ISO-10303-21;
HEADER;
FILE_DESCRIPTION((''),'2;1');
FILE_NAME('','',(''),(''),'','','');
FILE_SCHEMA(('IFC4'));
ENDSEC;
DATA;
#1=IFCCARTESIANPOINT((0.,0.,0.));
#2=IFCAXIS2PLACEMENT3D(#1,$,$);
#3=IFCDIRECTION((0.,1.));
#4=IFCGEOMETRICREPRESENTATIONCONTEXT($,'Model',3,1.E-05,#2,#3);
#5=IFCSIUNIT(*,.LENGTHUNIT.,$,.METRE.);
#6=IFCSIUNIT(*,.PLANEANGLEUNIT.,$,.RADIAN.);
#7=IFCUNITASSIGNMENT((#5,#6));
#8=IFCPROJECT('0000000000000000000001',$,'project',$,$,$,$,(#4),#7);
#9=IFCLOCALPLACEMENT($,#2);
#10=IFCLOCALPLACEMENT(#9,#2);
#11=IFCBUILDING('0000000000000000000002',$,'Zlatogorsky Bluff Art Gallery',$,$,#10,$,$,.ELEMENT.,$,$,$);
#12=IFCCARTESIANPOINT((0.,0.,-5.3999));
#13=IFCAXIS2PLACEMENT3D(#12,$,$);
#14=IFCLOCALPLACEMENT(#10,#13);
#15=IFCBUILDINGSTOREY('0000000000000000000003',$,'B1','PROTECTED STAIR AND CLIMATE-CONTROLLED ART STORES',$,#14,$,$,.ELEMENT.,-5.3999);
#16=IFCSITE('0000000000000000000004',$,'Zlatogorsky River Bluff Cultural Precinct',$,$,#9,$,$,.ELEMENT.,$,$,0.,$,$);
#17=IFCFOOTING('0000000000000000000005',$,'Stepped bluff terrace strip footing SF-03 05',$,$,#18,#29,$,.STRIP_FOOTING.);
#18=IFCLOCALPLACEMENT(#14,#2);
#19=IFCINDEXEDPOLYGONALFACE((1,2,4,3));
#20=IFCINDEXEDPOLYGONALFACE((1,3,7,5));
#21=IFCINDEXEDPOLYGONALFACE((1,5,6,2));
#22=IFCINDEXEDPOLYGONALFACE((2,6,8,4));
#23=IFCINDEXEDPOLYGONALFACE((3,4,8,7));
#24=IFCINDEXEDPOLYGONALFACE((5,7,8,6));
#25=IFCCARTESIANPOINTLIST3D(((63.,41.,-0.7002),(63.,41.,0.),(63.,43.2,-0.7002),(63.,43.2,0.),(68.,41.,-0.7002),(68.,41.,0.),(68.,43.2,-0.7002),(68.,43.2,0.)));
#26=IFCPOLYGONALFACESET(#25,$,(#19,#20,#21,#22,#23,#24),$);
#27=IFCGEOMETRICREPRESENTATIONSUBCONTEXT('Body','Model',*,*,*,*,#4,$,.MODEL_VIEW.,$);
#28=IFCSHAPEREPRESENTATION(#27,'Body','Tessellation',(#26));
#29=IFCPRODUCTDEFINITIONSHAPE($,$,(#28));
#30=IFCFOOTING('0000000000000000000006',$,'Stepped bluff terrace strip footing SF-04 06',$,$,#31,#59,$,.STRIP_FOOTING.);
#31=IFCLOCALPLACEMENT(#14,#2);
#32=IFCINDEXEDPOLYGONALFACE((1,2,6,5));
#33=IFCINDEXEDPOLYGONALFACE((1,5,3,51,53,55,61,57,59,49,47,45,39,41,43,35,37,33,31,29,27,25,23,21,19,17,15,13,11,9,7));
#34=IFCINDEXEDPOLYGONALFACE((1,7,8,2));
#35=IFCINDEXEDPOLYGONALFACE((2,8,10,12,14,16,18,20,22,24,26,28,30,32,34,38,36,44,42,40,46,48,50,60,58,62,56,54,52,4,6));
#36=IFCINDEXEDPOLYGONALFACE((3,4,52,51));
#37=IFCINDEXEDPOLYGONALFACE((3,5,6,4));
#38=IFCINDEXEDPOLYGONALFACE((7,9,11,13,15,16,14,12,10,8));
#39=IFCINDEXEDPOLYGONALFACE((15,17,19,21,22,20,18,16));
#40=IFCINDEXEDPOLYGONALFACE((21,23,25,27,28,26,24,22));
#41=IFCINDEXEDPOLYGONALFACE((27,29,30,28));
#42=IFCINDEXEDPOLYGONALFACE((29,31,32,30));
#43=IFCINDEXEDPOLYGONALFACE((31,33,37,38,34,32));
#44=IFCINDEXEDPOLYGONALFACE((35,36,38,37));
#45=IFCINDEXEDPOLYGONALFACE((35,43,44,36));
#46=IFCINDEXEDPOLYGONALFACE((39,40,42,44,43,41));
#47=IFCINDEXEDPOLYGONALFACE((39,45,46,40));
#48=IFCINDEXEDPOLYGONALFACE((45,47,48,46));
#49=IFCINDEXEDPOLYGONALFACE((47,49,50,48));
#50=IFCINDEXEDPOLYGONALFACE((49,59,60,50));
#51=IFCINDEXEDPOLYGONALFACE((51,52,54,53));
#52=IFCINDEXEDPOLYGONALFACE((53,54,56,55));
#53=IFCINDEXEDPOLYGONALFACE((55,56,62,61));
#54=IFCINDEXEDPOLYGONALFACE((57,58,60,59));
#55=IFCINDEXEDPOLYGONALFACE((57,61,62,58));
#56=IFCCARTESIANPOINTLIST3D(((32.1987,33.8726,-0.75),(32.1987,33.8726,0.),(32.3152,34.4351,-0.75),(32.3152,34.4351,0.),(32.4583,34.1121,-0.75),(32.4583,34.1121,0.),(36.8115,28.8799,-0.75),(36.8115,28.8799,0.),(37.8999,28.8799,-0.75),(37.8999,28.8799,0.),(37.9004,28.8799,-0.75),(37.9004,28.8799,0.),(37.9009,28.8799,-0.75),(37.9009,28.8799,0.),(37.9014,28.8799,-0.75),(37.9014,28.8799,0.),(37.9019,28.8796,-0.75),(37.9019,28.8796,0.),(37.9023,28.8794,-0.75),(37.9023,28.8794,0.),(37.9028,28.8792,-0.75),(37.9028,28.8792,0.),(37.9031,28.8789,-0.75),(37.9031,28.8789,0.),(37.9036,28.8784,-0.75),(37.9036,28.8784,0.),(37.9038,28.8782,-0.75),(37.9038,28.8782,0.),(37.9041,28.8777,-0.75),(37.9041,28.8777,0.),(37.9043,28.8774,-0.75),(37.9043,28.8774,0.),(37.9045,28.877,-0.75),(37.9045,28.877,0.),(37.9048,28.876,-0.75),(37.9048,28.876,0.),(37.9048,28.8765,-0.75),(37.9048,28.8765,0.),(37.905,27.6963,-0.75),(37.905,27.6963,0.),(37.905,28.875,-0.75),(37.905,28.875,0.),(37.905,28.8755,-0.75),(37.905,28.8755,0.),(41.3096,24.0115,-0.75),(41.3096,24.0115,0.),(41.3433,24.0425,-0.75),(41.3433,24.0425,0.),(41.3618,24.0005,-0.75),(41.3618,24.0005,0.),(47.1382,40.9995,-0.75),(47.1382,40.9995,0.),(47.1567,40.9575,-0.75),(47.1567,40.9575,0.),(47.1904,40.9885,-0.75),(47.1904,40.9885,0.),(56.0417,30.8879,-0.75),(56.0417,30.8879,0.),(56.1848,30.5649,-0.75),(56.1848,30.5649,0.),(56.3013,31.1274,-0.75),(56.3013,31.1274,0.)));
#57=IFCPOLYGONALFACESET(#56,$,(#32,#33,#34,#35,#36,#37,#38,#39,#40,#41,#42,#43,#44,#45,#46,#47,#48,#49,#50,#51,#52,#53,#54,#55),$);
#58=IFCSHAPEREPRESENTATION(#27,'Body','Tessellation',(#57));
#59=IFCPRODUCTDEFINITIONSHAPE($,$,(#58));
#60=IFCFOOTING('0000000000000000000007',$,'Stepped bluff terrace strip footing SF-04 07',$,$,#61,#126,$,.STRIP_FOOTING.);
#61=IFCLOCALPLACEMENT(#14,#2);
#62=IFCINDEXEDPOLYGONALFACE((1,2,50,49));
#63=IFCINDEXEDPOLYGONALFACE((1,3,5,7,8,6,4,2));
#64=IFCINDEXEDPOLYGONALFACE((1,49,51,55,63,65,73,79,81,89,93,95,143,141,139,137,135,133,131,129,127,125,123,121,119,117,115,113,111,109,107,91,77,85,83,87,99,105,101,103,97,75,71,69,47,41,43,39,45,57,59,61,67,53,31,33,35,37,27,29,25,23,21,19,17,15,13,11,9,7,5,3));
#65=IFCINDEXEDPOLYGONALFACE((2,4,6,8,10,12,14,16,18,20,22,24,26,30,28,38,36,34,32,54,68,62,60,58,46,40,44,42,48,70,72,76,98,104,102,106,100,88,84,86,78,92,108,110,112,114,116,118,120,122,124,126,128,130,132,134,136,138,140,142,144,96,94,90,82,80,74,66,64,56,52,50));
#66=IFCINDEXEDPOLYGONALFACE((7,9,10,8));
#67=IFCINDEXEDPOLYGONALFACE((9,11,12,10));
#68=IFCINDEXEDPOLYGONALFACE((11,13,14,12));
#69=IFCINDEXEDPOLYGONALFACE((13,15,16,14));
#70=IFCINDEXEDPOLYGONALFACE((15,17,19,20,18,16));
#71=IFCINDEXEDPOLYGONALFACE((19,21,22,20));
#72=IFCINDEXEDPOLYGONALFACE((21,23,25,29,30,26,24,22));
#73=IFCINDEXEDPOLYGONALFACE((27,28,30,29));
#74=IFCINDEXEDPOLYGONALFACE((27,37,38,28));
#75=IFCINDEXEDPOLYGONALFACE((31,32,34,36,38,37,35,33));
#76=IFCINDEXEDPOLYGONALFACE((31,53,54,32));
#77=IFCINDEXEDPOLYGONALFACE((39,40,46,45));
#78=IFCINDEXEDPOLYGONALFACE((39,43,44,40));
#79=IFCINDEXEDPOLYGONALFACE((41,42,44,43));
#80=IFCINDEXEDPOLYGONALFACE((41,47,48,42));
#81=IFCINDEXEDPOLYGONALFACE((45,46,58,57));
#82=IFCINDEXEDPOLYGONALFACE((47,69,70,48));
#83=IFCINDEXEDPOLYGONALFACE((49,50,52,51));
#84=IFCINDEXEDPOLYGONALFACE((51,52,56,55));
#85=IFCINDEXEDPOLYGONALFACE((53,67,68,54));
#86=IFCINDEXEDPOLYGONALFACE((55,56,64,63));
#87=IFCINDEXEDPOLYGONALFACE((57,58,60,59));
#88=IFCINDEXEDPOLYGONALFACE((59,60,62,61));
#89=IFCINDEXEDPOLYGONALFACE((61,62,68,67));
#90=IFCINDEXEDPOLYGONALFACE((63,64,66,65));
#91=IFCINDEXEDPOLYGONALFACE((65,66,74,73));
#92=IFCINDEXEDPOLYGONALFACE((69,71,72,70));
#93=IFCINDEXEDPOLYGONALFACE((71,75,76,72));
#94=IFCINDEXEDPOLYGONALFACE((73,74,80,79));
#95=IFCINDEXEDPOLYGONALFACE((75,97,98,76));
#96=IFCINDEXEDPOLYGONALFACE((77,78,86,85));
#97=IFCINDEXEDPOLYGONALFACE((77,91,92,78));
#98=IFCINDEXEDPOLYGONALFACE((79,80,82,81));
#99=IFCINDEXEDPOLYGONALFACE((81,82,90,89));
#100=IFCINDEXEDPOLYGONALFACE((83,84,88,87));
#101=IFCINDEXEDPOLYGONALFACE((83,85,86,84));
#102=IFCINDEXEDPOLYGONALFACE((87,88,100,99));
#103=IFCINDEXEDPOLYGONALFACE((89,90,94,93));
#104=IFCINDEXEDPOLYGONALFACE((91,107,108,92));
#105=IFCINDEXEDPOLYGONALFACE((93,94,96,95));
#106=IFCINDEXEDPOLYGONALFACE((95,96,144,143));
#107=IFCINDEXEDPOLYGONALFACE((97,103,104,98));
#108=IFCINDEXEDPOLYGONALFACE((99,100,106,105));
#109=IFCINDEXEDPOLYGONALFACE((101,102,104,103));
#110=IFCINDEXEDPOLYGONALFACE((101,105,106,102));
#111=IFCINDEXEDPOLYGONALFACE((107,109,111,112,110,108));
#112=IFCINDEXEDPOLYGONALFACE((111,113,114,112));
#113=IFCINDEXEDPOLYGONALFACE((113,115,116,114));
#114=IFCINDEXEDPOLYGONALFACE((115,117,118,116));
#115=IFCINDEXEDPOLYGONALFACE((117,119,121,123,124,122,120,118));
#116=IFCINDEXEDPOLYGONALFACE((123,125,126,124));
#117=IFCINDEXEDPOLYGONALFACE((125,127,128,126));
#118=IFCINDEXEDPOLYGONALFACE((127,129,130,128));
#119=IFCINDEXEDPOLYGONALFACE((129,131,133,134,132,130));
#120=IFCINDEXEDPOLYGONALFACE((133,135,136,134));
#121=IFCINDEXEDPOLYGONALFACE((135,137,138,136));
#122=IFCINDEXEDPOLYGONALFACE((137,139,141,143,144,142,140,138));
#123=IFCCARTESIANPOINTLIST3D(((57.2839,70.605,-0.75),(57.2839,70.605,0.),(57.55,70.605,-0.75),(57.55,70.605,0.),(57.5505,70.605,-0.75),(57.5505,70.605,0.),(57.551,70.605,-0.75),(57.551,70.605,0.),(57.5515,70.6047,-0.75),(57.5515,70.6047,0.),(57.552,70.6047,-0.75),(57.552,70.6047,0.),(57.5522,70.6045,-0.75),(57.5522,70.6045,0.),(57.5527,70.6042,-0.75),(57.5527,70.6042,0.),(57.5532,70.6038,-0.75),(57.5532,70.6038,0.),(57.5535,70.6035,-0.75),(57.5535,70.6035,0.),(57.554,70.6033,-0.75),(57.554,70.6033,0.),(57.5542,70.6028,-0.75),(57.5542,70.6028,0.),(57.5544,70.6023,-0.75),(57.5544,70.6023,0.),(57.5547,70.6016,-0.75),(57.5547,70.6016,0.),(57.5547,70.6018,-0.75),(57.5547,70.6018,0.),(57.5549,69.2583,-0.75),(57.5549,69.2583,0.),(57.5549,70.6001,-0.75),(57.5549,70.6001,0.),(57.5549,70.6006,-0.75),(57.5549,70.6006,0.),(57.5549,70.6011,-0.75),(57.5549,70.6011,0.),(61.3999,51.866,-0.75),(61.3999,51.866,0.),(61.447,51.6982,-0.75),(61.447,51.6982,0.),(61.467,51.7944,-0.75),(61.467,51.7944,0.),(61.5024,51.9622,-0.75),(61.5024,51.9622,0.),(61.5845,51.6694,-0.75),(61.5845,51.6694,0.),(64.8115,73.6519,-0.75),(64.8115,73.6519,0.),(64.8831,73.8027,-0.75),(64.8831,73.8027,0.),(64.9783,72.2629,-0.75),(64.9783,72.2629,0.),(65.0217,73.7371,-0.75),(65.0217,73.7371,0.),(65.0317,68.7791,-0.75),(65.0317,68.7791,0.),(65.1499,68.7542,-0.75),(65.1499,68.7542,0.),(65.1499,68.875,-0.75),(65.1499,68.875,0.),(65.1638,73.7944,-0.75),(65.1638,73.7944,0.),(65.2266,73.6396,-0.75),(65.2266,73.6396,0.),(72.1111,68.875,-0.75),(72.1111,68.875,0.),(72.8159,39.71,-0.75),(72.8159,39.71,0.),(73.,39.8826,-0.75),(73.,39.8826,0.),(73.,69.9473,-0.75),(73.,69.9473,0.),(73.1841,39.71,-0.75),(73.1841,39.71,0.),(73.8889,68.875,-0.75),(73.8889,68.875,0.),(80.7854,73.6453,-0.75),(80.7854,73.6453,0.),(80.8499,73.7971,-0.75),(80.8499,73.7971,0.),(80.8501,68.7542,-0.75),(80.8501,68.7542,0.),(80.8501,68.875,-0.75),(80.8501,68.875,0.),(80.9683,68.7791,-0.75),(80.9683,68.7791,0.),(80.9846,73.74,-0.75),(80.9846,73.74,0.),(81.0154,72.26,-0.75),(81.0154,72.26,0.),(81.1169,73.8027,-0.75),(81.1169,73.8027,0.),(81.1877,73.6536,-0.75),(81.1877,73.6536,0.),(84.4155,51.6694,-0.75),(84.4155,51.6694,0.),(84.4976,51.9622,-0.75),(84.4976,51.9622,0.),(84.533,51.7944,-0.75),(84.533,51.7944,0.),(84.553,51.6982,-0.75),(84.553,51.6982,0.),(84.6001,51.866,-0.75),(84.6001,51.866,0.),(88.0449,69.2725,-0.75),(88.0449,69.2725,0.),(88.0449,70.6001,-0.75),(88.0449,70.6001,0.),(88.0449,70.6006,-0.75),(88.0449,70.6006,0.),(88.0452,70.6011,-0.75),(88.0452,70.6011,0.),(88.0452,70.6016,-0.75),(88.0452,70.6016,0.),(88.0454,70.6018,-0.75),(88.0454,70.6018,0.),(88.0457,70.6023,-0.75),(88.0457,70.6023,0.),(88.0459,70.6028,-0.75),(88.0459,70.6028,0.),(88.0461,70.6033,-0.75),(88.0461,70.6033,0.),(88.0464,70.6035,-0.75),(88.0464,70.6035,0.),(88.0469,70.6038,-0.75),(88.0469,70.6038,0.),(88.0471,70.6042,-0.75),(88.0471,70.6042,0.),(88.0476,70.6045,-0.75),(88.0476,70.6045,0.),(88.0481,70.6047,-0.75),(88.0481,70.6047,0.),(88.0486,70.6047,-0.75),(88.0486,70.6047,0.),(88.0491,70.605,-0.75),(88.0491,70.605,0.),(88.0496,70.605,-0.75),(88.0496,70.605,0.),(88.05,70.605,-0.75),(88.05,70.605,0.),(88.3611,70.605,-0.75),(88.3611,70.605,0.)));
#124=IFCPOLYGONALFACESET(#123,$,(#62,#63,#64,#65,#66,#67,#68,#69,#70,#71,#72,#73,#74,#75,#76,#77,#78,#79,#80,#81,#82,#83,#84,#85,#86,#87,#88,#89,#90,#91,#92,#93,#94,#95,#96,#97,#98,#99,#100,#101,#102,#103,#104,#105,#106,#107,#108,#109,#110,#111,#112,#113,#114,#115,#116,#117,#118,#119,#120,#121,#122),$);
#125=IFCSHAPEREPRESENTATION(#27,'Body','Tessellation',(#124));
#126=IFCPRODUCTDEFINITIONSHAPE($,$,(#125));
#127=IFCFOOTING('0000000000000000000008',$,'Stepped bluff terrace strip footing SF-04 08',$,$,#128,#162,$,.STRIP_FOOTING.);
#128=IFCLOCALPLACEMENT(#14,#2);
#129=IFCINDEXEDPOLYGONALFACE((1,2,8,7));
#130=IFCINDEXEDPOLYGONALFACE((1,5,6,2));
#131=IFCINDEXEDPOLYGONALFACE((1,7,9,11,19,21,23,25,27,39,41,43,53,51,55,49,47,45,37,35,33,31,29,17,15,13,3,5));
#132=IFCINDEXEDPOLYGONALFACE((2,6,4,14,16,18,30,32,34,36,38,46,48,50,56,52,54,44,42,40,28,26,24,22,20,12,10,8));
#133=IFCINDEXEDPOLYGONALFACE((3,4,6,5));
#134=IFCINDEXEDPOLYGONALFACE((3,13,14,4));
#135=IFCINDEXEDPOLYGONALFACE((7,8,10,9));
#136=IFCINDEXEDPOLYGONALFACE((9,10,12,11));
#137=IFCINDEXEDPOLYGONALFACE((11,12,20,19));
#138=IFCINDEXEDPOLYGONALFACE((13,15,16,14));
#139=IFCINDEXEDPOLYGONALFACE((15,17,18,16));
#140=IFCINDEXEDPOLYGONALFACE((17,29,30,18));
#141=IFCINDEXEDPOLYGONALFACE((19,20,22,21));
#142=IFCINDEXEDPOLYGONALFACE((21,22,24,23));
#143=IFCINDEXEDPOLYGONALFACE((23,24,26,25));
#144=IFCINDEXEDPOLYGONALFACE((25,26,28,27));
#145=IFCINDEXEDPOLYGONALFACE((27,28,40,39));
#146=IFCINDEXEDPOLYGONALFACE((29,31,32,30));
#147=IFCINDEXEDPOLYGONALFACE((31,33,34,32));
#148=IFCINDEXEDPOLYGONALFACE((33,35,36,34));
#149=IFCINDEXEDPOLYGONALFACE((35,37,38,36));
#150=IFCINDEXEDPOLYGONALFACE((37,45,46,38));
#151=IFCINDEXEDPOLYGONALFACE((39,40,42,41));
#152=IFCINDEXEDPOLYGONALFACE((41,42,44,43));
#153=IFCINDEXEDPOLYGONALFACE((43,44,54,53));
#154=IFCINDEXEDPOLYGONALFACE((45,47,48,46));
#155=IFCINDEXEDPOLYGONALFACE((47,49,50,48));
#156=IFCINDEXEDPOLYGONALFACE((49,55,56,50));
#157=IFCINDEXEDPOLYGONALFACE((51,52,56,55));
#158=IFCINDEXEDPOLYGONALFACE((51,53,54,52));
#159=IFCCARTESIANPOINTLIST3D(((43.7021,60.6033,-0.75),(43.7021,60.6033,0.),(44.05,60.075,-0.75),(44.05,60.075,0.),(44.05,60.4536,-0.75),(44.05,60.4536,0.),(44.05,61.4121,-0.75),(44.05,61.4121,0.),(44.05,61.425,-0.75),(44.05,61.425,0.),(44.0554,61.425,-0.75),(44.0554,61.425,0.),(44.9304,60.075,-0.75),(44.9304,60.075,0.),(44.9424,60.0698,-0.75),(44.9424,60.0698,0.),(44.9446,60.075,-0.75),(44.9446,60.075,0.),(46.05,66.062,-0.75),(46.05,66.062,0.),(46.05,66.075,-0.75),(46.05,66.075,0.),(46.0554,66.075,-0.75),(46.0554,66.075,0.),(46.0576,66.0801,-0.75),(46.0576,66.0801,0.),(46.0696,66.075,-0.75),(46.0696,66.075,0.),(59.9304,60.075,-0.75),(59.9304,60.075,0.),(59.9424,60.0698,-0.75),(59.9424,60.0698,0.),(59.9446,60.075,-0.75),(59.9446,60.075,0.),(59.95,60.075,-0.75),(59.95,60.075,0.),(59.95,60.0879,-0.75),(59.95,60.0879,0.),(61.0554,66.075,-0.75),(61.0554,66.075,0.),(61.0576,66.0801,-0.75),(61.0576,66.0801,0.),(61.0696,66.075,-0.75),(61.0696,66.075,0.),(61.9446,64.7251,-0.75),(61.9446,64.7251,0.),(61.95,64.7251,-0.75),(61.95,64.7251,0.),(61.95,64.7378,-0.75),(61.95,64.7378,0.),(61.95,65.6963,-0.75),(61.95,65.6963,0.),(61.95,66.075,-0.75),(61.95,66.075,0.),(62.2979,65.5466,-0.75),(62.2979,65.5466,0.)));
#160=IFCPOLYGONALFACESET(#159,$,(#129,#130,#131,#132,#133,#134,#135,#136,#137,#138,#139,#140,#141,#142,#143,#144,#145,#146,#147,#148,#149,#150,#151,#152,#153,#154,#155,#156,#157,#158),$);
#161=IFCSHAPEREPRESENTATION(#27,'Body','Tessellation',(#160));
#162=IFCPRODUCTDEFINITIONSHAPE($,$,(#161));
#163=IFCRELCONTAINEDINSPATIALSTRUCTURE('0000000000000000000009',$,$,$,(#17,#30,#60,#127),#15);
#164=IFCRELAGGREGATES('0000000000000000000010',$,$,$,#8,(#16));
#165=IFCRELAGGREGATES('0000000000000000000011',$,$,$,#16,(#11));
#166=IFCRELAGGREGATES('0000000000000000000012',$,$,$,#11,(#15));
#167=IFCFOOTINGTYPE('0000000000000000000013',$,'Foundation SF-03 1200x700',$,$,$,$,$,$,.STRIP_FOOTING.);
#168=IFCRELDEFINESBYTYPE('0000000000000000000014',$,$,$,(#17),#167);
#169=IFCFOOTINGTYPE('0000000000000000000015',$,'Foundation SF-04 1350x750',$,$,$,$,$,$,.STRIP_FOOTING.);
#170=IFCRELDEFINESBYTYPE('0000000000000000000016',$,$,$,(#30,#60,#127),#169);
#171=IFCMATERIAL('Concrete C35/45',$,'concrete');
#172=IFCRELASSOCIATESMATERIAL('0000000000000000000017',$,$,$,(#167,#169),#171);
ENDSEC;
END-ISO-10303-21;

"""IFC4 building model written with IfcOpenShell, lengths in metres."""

from ifc_helpers import new_model, si_unit, direction, frame, origin, place, context, subcontext, project, spatial, polyline, outline, extrude, material, type_object, element, save


model = new_model("IFC4")

# Units and contexts
model_context = context("Model", 3, precision=1e-05, world=origin(), true_north=direction((0.0, 1.0)))
body_context = subcontext(model_context, "Body", "Model", "MODEL_VIEW")
ifc_project = project(units=[si_unit("LENGTHUNIT", "METRE"), si_unit("PLANEANGLEUNIT", "RADIAN")], contexts=[model_context])

# Site, building, storey
site_placement = place(None, origin())
site = spatial("IfcSite", under=ifc_project, at=site_placement, Name="Zlatogorsky River Bluff Cultural Precinct", CompositionType="ELEMENT", RefElevation=0.0)
building_placement = place(site_placement, origin())
building = spatial("IfcBuilding", under=site, at=building_placement, Name="Zlatogorsky Bluff Art Gallery", CompositionType="ELEMENT")
storey_placement = place(building_placement, frame((0.0, 0.0, -5.3999)))
storey = spatial("IfcBuildingStorey", under=building, at=storey_placement, Name="B1", Description="PROTECTED STAIR AND CLIMATE-CONTROLLED ART STORES", CompositionType="ELEMENT", Elevation=-5.3999)

# Footings
ifc_material = material(Name="Concrete C35/45", Category="concrete")
footing_type_1 = type_object("IfcFootingType", Name="Foundation SF-03 1200x700", PredefinedType="STRIP_FOOTING", material=ifc_material)
footing_1_placement = place(storey_placement, frame((0.0, 0.0, -0.7002)))
element("IfcFooting", 1, at=footing_1_placement, inside=storey, type_object=footing_type_1, Name="Stepped bluff terrace strip footing SF-03 05", PredefinedType="STRIP_FOOTING", context=body_context, shape_type="SweptSolid", body=[
    extrude(outline(polyline([(63.0, 41.0), (63.0, 43.2), (68.0, 43.2), (68.0, 41.0), (63.0, 41.0)])), origin(), (0.0, 0.0, 1.0), 0.7002),
])
footing_type_2 = type_object("IfcFootingType", Name="Foundation SF-04 1350x750", PredefinedType="STRIP_FOOTING", material=ifc_material)
footing_2_placement = place(storey_placement, frame((0.0, 0.0, -0.75)))
element("IfcFooting", 2, at=footing_2_placement, inside=storey, type_object=footing_type_2, Name="Stepped bluff terrace strip footing SF-04 06", PredefinedType="STRIP_FOOTING", context=body_context, shape_type="SweptSolid", body=[
    extrude(outline(polyline([(56.1848, 30.5649), (41.3618, 24.0005), (41.3433, 24.0425), (41.3096, 24.0115), (37.905, 27.6963), (37.905, 28.875), (37.905, 28.8755), (37.9048, 28.876), (37.9048, 28.8765), (37.9045, 28.877), (37.9043, 28.8774), (37.9041, 28.8777), (37.9038, 28.8782), (37.9036, 28.8784), (37.9031, 28.8789), (37.9028, 28.8792), (37.9023, 28.8794), (37.9019, 28.8796), (37.9014, 28.8799), (37.9009, 28.8799), (37.9004, 28.8799), (37.8999, 28.8799), (36.8115, 28.8799), (32.1987, 33.8726), (32.4583, 34.1121), (32.3152, 34.4351), (47.1382, 40.9995), (47.1567, 40.9575), (47.1904, 40.9885), (56.3013, 31.1274), (56.0417, 30.8879), (56.1848, 30.5649)])), origin(), (0.0, 0.0, 1.0), 0.75),
])
footing_3_placement = place(storey_placement, frame((0.0, 0.0, -0.75)))
element("IfcFooting", 3, at=footing_3_placement, inside=storey, type_object=footing_type_2, Name="Stepped bluff terrace strip footing SF-04 07", PredefinedType="STRIP_FOOTING", context=body_context, shape_type="SweptSolid", body=[
    extrude(outline(polyline([(61.467, 51.7944), (61.3999, 51.866), (61.5024, 51.9622), (65.0317, 68.7791), (65.1499, 68.7542), (65.1499, 68.875), (72.1111, 68.875), (64.9783, 72.2629), (57.5549, 69.2583), (57.5549, 70.6001), (57.5549, 70.6006), (57.5549, 70.6011), (57.5547, 70.6016), (57.5547, 70.6018), (57.5544, 70.6023), (57.5542, 70.6028), (57.554, 70.6033), (57.5535, 70.6035), (57.5532, 70.6038), (57.5527, 70.6042), (57.5522, 70.6045), (57.552, 70.6047), (57.5515, 70.6047), (57.551, 70.605), (57.5505, 70.605), (57.55, 70.605), (57.2839, 70.605), (64.8115, 73.6519), (64.8831, 73.8027), (65.0217, 73.7371), (65.1638, 73.7944), (65.2266, 73.6396), (73.0, 69.9473), (80.7854, 73.6453), (80.8499, 73.7971), (80.9846, 73.74), (81.1169, 73.8027), (81.1877, 73.6536), (88.3611, 70.605), (88.05, 70.605), (88.0496, 70.605), (88.0491, 70.605), (88.0486, 70.6047), (88.0481, 70.6047), (88.0476, 70.6045), (88.0471, 70.6042), (88.0469, 70.6038), (88.0464, 70.6035), (88.0461, 70.6033), (88.0459, 70.6028), (88.0457, 70.6023), (88.0454, 70.6018), (88.0452, 70.6016), (88.0452, 70.6011), (88.0449, 70.6006), (88.0449, 70.6001), (88.0449, 69.2725), (81.0154, 72.26), (73.8889, 68.875), (80.8501, 68.875), (80.8501, 68.7542), (80.9683, 68.7791), (84.4976, 51.9622), (84.6001, 51.866), (84.533, 51.7944), (84.553, 51.6982), (84.4155, 51.6694), (73.1841, 39.71), (73.0, 39.8826), (72.8159, 39.71), (61.5845, 51.6694), (61.447, 51.6982), (61.467, 51.7944)])), origin(), (0.0, 0.0, 1.0), 0.75),
])
footing_4_placement = place(storey_placement, frame((0.0, 0.0, -0.75)))
element("IfcFooting", 4, at=footing_4_placement, inside=storey, type_object=footing_type_2, Name="Stepped bluff terrace strip footing SF-04 08", PredefinedType="STRIP_FOOTING", context=body_context, shape_type="SweptSolid", body=[
    extrude(outline(polyline([(59.9304, 60.075), (44.9446, 60.075), (44.9424, 60.0698), (44.9304, 60.075), (44.05, 60.075), (44.05, 60.4536), (43.7021, 60.6033), (44.05, 61.4121), (44.05, 61.425), (44.0554, 61.425), (46.05, 66.062), (46.05, 66.075), (46.0554, 66.075), (46.0576, 66.0801), (46.0696, 66.075), (61.0554, 66.075), (61.0576, 66.0801), (61.0696, 66.075), (61.95, 66.075), (61.95, 65.6963), (62.2979, 65.5466), (61.95, 64.7378), (61.95, 64.7251), (61.9446, 64.7251), (59.95, 60.0879), (59.95, 60.075), (59.9446, 60.075), (59.9424, 60.0698), (59.9304, 60.075)])), origin(), (0.0, 0.0, 1.0), 0.75),
])

save(model, "model.ifc")
